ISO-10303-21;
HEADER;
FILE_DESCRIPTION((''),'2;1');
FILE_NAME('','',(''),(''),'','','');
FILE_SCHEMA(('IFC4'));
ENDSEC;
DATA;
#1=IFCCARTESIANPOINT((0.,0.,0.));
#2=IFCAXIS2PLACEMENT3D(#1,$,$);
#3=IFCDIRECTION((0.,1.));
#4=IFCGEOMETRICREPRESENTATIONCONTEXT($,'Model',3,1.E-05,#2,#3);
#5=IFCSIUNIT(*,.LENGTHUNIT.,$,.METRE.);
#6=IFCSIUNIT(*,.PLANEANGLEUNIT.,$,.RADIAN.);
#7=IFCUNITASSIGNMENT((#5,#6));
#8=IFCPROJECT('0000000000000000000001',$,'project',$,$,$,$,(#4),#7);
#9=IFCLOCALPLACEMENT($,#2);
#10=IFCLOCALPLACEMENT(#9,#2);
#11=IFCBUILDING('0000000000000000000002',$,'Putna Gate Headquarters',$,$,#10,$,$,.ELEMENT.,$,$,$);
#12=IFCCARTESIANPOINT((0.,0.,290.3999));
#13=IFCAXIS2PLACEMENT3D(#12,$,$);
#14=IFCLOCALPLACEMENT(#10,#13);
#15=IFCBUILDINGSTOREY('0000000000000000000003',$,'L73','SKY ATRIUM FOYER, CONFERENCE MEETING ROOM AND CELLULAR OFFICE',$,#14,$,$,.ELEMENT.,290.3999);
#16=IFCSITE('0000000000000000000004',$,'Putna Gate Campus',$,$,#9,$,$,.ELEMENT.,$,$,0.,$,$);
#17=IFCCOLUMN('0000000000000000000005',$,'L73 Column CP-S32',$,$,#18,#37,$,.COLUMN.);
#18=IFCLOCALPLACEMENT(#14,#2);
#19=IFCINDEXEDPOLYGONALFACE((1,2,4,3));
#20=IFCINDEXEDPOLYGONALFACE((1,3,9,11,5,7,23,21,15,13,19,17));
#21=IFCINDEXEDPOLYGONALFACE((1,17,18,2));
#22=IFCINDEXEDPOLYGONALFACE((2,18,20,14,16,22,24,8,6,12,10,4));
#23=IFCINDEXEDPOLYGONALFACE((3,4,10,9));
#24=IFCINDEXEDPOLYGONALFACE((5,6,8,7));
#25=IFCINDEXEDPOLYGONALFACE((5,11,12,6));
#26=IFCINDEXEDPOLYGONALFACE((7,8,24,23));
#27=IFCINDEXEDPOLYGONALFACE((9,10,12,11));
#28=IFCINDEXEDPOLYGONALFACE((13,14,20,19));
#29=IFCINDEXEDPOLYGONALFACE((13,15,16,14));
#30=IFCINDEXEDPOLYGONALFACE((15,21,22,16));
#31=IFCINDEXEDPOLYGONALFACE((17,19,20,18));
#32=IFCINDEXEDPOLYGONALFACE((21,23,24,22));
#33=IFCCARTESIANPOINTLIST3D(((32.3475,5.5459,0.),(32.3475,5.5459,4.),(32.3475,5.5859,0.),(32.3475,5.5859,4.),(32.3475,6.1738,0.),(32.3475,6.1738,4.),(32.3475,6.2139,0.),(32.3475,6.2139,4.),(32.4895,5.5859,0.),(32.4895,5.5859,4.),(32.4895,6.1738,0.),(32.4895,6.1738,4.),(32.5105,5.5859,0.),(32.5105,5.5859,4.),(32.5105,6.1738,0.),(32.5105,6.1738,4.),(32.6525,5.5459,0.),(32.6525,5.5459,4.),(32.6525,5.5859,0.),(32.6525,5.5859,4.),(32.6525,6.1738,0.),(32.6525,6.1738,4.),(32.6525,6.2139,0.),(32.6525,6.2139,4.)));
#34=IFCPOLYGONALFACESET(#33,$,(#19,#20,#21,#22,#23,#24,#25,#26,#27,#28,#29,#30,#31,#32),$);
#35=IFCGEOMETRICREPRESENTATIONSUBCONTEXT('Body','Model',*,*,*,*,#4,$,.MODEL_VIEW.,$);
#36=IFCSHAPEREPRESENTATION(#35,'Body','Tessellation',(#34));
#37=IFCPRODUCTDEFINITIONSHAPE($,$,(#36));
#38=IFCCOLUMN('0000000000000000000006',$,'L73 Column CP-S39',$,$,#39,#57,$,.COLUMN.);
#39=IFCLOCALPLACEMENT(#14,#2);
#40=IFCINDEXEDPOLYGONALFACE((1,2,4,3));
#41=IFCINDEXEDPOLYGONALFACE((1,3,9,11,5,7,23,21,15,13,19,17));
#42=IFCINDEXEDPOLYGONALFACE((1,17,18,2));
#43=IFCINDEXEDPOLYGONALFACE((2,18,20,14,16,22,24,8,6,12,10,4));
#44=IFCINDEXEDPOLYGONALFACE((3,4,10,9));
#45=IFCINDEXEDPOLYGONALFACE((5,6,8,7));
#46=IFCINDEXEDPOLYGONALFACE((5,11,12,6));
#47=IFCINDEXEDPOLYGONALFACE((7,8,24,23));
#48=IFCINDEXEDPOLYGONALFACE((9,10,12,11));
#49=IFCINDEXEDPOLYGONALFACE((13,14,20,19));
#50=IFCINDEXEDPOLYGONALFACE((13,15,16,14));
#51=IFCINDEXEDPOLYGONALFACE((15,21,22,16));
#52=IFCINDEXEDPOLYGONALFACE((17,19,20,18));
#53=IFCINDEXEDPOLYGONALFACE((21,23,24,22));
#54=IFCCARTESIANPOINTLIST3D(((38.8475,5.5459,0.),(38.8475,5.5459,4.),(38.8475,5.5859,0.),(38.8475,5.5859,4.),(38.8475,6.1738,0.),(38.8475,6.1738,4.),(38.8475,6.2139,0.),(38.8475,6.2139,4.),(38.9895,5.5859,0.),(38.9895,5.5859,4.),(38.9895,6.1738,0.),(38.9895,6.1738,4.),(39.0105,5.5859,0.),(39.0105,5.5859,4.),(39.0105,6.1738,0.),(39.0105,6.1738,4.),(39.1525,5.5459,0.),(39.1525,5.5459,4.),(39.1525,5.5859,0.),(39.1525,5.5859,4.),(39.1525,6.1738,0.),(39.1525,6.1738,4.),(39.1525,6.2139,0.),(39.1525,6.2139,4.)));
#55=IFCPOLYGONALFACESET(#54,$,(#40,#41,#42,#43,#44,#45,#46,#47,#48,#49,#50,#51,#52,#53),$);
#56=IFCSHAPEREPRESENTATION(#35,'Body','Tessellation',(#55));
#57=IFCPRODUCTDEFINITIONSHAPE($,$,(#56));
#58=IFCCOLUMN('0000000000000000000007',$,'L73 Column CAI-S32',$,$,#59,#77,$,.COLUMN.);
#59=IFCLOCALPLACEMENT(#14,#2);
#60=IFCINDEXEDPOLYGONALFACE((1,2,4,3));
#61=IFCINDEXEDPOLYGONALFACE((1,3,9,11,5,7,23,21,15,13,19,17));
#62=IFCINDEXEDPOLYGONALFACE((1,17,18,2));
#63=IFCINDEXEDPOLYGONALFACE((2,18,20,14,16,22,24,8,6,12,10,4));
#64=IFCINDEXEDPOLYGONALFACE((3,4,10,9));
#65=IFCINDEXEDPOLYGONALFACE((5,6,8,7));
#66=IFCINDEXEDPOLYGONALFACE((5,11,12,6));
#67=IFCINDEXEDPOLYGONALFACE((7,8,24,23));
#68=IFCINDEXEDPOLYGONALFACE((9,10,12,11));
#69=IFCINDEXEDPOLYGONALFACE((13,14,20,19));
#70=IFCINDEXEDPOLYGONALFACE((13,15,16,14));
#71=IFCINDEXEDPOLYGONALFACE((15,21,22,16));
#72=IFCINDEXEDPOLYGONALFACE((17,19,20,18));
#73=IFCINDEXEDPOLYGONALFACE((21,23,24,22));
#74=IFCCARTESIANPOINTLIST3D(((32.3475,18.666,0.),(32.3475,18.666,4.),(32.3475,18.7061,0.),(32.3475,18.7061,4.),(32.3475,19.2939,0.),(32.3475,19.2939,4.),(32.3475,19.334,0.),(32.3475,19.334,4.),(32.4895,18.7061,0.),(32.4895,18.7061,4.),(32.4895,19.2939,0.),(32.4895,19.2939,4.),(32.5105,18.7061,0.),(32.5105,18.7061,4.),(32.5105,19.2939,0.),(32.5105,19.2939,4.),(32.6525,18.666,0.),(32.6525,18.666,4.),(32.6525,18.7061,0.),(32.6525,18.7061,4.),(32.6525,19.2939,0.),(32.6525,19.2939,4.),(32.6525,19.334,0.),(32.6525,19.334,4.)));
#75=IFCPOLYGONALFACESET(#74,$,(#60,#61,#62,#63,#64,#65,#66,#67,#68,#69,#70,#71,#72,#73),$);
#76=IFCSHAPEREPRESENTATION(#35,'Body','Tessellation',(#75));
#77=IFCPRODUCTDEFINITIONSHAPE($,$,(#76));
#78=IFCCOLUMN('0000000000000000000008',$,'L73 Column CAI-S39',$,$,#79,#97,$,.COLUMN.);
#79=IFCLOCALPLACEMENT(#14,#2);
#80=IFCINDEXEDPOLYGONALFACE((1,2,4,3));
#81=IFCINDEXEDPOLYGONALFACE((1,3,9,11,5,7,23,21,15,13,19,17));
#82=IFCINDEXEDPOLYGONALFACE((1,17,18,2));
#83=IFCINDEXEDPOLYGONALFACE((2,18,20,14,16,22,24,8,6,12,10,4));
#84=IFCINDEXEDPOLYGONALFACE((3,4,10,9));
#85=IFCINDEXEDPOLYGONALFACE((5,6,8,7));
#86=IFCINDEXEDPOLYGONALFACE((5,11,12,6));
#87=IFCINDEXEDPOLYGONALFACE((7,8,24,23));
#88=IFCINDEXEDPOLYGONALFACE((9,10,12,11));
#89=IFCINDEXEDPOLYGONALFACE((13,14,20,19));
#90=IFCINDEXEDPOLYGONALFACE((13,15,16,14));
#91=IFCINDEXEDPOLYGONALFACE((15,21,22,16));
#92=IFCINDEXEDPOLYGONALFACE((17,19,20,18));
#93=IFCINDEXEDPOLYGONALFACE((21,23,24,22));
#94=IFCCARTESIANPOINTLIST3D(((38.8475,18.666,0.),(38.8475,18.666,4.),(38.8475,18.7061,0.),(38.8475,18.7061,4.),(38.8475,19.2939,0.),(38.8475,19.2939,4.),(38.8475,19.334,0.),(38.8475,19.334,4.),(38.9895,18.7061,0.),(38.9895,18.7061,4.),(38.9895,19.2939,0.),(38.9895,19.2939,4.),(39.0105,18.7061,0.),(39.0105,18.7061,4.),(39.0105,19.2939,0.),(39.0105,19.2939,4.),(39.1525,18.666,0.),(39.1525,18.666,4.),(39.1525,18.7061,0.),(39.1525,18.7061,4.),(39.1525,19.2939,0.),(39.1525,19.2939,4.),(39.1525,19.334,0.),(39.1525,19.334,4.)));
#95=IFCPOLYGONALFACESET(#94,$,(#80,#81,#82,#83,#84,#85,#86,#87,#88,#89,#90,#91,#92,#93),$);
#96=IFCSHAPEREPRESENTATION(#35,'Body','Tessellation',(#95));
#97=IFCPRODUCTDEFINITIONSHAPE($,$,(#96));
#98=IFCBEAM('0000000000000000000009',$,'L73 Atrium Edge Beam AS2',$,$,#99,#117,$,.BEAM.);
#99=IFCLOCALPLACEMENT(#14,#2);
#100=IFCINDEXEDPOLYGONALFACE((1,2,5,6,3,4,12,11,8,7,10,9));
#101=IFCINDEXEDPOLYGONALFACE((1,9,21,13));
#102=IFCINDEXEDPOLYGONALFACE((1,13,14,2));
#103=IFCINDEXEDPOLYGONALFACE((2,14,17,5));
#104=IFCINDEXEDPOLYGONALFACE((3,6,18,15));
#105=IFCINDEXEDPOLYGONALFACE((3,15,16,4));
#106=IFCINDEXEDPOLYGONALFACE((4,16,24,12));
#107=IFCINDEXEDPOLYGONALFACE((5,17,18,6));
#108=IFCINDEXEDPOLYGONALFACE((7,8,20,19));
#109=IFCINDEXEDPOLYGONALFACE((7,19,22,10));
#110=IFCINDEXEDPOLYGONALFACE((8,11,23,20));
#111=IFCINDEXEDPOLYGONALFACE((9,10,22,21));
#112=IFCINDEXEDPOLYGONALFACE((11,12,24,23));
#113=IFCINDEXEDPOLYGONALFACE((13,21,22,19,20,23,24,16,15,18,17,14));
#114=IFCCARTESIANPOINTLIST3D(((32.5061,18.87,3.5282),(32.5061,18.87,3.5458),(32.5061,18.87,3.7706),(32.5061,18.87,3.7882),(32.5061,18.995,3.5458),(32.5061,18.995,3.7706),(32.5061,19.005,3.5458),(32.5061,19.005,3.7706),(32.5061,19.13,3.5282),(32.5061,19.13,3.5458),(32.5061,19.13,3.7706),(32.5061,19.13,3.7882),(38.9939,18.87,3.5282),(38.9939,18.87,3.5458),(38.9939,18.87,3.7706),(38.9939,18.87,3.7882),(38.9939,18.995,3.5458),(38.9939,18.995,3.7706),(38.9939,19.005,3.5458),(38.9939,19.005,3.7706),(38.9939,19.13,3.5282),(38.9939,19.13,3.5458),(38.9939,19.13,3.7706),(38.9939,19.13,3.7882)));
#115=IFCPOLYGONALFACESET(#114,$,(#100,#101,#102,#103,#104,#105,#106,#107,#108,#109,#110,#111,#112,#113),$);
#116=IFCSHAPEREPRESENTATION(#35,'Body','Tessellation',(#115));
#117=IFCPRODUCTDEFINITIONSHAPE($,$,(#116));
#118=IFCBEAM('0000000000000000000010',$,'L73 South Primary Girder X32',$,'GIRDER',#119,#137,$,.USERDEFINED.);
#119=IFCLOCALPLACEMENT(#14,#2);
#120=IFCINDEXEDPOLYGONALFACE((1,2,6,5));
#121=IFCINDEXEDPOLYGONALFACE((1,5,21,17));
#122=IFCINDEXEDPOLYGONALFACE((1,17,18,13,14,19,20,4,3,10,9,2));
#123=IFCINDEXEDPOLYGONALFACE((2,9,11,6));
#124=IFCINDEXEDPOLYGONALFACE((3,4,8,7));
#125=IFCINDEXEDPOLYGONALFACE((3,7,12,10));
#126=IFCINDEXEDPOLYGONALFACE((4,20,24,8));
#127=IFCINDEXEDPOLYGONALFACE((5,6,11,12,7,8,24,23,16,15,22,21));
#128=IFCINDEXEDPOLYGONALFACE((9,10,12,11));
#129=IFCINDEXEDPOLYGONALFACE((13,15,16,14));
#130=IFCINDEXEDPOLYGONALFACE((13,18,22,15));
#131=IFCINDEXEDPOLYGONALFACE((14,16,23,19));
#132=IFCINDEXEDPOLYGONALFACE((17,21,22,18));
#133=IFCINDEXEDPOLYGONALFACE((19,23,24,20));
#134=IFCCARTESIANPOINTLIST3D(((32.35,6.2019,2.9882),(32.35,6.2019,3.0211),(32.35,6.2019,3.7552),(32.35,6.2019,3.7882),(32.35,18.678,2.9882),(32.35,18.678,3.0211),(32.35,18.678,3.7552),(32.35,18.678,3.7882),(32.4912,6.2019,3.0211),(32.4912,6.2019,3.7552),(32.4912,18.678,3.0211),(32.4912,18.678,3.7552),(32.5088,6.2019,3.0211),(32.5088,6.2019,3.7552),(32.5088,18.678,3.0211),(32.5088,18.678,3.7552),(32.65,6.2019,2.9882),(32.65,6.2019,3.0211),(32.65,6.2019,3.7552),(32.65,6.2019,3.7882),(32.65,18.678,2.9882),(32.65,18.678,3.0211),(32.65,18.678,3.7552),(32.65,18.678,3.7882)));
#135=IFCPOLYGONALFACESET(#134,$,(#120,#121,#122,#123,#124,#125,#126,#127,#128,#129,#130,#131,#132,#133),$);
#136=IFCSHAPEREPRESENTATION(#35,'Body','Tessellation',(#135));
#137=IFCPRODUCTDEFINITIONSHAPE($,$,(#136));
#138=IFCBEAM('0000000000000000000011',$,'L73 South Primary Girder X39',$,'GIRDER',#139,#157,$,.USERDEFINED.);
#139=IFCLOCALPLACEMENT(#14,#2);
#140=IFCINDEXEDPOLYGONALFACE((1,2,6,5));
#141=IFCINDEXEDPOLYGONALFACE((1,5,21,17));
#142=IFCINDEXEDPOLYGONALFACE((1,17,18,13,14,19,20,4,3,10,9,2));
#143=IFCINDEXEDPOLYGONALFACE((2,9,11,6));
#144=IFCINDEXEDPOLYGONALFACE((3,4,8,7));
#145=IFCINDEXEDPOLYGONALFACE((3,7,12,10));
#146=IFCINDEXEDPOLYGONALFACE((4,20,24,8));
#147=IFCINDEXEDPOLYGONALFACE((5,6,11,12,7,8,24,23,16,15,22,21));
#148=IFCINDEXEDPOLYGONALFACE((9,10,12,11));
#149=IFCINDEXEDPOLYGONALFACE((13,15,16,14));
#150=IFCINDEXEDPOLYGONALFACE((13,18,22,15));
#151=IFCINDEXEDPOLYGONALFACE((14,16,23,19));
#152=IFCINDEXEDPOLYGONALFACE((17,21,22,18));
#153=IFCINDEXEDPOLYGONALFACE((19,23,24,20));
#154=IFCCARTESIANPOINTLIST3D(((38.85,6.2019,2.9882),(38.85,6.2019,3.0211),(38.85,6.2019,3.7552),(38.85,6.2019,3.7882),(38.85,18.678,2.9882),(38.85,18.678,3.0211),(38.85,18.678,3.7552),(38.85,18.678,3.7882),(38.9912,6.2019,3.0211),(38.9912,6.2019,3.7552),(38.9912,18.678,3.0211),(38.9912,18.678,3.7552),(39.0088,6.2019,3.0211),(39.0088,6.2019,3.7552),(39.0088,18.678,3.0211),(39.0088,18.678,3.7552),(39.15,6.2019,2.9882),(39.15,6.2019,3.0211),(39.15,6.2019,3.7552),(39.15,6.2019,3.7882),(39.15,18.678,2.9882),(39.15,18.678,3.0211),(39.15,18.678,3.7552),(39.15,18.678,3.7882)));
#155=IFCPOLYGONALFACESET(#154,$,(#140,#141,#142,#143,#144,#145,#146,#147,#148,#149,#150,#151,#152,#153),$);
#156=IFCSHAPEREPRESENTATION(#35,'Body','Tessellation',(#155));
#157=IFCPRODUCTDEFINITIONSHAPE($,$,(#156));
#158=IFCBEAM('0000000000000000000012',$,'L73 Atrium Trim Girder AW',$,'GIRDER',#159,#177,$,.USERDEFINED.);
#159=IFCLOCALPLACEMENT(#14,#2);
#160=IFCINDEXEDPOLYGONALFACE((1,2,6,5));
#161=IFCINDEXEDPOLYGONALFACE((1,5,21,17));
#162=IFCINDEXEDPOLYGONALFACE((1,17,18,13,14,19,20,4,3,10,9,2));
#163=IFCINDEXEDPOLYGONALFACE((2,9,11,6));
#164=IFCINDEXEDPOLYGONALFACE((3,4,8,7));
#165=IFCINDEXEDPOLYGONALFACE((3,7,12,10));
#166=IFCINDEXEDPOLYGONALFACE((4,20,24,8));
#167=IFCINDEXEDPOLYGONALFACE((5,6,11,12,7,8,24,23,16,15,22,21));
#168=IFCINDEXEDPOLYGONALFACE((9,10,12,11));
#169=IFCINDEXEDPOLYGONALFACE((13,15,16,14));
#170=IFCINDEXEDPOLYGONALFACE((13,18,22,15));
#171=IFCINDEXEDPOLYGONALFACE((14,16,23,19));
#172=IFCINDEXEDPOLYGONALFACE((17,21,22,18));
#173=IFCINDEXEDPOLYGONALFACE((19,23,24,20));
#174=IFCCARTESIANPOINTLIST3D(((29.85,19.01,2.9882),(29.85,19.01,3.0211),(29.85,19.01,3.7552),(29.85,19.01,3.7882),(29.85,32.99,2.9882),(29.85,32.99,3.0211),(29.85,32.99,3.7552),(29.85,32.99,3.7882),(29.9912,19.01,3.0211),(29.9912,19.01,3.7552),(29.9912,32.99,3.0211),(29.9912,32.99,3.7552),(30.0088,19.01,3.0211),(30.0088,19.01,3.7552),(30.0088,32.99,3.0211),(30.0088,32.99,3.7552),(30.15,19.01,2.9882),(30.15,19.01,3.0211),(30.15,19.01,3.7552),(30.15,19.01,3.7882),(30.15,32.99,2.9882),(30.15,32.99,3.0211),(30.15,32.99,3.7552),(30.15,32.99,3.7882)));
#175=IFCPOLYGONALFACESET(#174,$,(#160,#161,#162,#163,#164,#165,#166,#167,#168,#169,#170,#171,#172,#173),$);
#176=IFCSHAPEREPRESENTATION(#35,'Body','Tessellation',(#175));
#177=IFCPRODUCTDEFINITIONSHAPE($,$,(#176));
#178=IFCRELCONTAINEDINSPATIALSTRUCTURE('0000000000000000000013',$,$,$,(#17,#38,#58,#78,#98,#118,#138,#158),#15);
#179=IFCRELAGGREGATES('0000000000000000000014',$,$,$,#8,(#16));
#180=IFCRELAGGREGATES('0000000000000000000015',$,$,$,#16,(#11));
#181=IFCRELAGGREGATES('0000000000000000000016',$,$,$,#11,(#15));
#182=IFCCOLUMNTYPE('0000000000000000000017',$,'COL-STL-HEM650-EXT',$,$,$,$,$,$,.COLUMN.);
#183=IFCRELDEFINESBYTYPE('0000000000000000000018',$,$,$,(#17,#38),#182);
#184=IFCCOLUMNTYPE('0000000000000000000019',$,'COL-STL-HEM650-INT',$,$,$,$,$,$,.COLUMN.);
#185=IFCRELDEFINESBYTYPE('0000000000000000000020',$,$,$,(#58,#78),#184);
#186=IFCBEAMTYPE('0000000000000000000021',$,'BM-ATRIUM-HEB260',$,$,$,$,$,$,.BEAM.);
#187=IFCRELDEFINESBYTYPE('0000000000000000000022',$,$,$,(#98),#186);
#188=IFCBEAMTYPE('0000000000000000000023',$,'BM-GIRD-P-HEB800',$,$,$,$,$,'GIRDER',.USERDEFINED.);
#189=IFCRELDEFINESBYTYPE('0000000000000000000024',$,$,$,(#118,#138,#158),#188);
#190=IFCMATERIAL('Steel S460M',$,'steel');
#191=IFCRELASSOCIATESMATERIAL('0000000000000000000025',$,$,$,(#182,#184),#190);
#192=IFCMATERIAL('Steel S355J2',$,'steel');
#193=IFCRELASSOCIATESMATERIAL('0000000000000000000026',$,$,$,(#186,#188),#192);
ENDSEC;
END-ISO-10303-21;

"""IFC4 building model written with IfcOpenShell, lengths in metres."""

from ifc_helpers import new_model, si_unit, direction, frame, origin, origin_2d, place, context, subcontext, project, spatial, i_section, extrude, material, material_profile, profile_set, type_object, element, save


model = new_model("IFC4")

# Units and contexts
model_context = context("Model", 3, precision=1e-05, world=origin(), true_north=direction((0.0, 1.0)))
body_context = subcontext(model_context, "Body", "Model", "MODEL_VIEW")
ifc_project = project(units=[si_unit("LENGTHUNIT", "METRE"), si_unit("PLANEANGLEUNIT", "RADIAN")], contexts=[model_context])

# Site, building, storey
site_placement = place(None, origin())
site = spatial("IfcSite", under=ifc_project, at=site_placement, Name="Putna Gate Campus", CompositionType="ELEMENT", RefElevation=0.0)
building_placement = place(site_placement, origin())
building = spatial("IfcBuilding", under=site, at=building_placement, Name="Putna Gate Headquarters", CompositionType="ELEMENT")
storey_placement = place(building_placement, frame((0.0, 0.0, 290.3999)))
storey = spatial("IfcBuildingStorey", under=building, at=storey_placement, Name="L73", Description="SKY ATRIUM FOYER, CONFERENCE MEETING ROOM AND CELLULAR OFFICE", CompositionType="ELEMENT", Elevation=290.3999)

# Columns
ifc_material_1 = material(Name="Steel S460M", Category="steel")
ifc_material_profile_1 = material_profile(ifc_material_1, i_section(OverallWidth=0.3049, OverallDepth=0.668, WebThickness=0.021, FlangeThickness=0.04, at=origin_2d()), Name="Steel S460M")
ifc_profile_set_1 = profile_set([ifc_material_profile_1], Name="Steel S460M")
column_type_1 = type_object("IfcColumnType", Name="COL-STL-HEM650-EXT", PredefinedType="COLUMN", material=ifc_profile_set_1)
for number, where, z_axis, x_axis, name in (
    (1, (32.5, 5.8799, 0.0), (0.0, 0.0, 1.0), (1.0, 0.0, 0.0), "L73 Column CP-S32"),
    (2, (39.0, 5.8799, 0.0), (0.0, 0.0, 1.0), (1.0, 0.0, 0.0), "L73 Column CP-S39"),
):
    element("IfcColumn", number, at=place(storey_placement, frame(where, z_axis=z_axis, x_axis=x_axis)), inside=storey, type_object=column_type_1, Name=name, PredefinedType="COLUMN", context=body_context, shape_type="SweptSolid", body=[
        extrude(i_section(OverallWidth=0.3049, OverallDepth=0.668, WebThickness=0.021, FlangeThickness=0.04, at=origin_2d()), origin(), (0.0, 0.0, 1.0), 4.0),
    ])
ifc_material_profile_2 = material_profile(ifc_material_1, i_section(OverallWidth=0.3049, OverallDepth=0.668, WebThickness=0.021, FlangeThickness=0.04, at=origin_2d()), Name="Steel S460M")
ifc_profile_set_2 = profile_set([ifc_material_profile_2], Name="Steel S460M")
column_type_2 = type_object("IfcColumnType", Name="COL-STL-HEM650-INT", PredefinedType="COLUMN", material=ifc_profile_set_2)
for number, where, z_axis, x_axis, name in (
    (3, (32.5, 19.0, 0.0), (0.0, 0.0, 1.0), (1.0, 0.0, 0.0), "L73 Column CAI-S32"),
    (4, (39.0, 19.0, 0.0), (0.0, 0.0, 1.0), (1.0, 0.0, 0.0), "L73 Column CAI-S39"),
):
    element("IfcColumn", number, at=place(storey_placement, frame(where, z_axis=z_axis, x_axis=x_axis)), inside=storey, type_object=column_type_2, Name=name, PredefinedType="COLUMN", context=body_context, shape_type="SweptSolid", body=[
        extrude(i_section(OverallWidth=0.3049, OverallDepth=0.668, WebThickness=0.021, FlangeThickness=0.04, at=origin_2d()), origin(), (0.0, 0.0, 1.0), 4.0),
    ])

# Beams
ifc_material_2 = material(Name="Steel S355J2", Category="steel")
ifc_material_profile_3 = material_profile(ifc_material_2, i_section(OverallWidth=0.26, OverallDepth=0.26, WebThickness=0.01, FlangeThickness=0.0176, at=origin_2d()), Name="Steel S355J2")
ifc_profile_set_3 = profile_set([ifc_material_profile_3], Name="Steel S355J2")
beam_type_1 = type_object("IfcBeamType", Name="BM-ATRIUM-HEB260", PredefinedType="BEAM", material=ifc_profile_set_3)
beam_1_placement = place(storey_placement, frame((32.5061, 19.0, 3.6582), z_axis=(1.0, 0.0, 0.0), x_axis=(0.0, 1.0, 0.0)))
element("IfcBeam", 5, at=beam_1_placement, inside=storey, type_object=beam_type_1, Name="L73 Atrium Edge Beam AS2", PredefinedType="BEAM", context=body_context, shape_type="SweptSolid", body=[
    extrude(i_section(OverallWidth=0.26, OverallDepth=0.26, WebThickness=0.01, FlangeThickness=0.0176, at=origin_2d()), origin(), (0.0, 0.0, 1.0), 6.4878),
])
ifc_material_profile_4 = material_profile(ifc_material_2, i_section(OverallWidth=0.3, OverallDepth=0.8, WebThickness=0.0176, FlangeThickness=0.033, at=origin_2d()), Name="Steel S355J2")
ifc_profile_set_4 = profile_set([ifc_material_profile_4], Name="Steel S355J2")
beam_type_2 = type_object("IfcBeamType", Name="BM-GIRD-P-HEB800", ElementType="GIRDER", PredefinedType="USERDEFINED", material=ifc_profile_set_4)
for number, where, z_axis, x_axis, name in (
    (6, (32.5, 6.2019, 3.3882), (0.0, 1.0, 0.0), (-1.0, 0.0, 0.0), "L73 South Primary Girder X32"),
    (7, (39.0, 6.2019, 3.3882), (0.0, 1.0, 0.0), (-1.0, 0.0, 0.0), "L73 South Primary Girder X39"),
):
    element("IfcBeam", number, at=place(storey_placement, frame(where, z_axis=z_axis, x_axis=x_axis)), inside=storey, type_object=beam_type_2, Name=name, ObjectType="GIRDER", PredefinedType="USERDEFINED", context=body_context, shape_type="SweptSolid", body=[
        extrude(i_section(OverallWidth=0.3, OverallDepth=0.8, WebThickness=0.0176, FlangeThickness=0.033, at=origin_2d()), origin(), (0.0, 0.0, 1.0), 12.4761),
    ])
beam_2_placement = place(storey_placement, frame((30.0, 19.01, 3.3882), z_axis=(0.0, 1.0, 0.0), x_axis=(-1.0, 0.0, 0.0)))
element("IfcBeam", 8, at=beam_2_placement, inside=storey, type_object=beam_type_2, Name="L73 Atrium Trim Girder AW", ObjectType="GIRDER", PredefinedType="USERDEFINED", context=body_context, shape_type="SweptSolid", body=[
    extrude(i_section(OverallWidth=0.3, OverallDepth=0.8, WebThickness=0.0176, FlangeThickness=0.033, at=origin_2d()), origin(), (0.0, 0.0, 1.0), 13.98),
])

save(model, "model.ifc")
